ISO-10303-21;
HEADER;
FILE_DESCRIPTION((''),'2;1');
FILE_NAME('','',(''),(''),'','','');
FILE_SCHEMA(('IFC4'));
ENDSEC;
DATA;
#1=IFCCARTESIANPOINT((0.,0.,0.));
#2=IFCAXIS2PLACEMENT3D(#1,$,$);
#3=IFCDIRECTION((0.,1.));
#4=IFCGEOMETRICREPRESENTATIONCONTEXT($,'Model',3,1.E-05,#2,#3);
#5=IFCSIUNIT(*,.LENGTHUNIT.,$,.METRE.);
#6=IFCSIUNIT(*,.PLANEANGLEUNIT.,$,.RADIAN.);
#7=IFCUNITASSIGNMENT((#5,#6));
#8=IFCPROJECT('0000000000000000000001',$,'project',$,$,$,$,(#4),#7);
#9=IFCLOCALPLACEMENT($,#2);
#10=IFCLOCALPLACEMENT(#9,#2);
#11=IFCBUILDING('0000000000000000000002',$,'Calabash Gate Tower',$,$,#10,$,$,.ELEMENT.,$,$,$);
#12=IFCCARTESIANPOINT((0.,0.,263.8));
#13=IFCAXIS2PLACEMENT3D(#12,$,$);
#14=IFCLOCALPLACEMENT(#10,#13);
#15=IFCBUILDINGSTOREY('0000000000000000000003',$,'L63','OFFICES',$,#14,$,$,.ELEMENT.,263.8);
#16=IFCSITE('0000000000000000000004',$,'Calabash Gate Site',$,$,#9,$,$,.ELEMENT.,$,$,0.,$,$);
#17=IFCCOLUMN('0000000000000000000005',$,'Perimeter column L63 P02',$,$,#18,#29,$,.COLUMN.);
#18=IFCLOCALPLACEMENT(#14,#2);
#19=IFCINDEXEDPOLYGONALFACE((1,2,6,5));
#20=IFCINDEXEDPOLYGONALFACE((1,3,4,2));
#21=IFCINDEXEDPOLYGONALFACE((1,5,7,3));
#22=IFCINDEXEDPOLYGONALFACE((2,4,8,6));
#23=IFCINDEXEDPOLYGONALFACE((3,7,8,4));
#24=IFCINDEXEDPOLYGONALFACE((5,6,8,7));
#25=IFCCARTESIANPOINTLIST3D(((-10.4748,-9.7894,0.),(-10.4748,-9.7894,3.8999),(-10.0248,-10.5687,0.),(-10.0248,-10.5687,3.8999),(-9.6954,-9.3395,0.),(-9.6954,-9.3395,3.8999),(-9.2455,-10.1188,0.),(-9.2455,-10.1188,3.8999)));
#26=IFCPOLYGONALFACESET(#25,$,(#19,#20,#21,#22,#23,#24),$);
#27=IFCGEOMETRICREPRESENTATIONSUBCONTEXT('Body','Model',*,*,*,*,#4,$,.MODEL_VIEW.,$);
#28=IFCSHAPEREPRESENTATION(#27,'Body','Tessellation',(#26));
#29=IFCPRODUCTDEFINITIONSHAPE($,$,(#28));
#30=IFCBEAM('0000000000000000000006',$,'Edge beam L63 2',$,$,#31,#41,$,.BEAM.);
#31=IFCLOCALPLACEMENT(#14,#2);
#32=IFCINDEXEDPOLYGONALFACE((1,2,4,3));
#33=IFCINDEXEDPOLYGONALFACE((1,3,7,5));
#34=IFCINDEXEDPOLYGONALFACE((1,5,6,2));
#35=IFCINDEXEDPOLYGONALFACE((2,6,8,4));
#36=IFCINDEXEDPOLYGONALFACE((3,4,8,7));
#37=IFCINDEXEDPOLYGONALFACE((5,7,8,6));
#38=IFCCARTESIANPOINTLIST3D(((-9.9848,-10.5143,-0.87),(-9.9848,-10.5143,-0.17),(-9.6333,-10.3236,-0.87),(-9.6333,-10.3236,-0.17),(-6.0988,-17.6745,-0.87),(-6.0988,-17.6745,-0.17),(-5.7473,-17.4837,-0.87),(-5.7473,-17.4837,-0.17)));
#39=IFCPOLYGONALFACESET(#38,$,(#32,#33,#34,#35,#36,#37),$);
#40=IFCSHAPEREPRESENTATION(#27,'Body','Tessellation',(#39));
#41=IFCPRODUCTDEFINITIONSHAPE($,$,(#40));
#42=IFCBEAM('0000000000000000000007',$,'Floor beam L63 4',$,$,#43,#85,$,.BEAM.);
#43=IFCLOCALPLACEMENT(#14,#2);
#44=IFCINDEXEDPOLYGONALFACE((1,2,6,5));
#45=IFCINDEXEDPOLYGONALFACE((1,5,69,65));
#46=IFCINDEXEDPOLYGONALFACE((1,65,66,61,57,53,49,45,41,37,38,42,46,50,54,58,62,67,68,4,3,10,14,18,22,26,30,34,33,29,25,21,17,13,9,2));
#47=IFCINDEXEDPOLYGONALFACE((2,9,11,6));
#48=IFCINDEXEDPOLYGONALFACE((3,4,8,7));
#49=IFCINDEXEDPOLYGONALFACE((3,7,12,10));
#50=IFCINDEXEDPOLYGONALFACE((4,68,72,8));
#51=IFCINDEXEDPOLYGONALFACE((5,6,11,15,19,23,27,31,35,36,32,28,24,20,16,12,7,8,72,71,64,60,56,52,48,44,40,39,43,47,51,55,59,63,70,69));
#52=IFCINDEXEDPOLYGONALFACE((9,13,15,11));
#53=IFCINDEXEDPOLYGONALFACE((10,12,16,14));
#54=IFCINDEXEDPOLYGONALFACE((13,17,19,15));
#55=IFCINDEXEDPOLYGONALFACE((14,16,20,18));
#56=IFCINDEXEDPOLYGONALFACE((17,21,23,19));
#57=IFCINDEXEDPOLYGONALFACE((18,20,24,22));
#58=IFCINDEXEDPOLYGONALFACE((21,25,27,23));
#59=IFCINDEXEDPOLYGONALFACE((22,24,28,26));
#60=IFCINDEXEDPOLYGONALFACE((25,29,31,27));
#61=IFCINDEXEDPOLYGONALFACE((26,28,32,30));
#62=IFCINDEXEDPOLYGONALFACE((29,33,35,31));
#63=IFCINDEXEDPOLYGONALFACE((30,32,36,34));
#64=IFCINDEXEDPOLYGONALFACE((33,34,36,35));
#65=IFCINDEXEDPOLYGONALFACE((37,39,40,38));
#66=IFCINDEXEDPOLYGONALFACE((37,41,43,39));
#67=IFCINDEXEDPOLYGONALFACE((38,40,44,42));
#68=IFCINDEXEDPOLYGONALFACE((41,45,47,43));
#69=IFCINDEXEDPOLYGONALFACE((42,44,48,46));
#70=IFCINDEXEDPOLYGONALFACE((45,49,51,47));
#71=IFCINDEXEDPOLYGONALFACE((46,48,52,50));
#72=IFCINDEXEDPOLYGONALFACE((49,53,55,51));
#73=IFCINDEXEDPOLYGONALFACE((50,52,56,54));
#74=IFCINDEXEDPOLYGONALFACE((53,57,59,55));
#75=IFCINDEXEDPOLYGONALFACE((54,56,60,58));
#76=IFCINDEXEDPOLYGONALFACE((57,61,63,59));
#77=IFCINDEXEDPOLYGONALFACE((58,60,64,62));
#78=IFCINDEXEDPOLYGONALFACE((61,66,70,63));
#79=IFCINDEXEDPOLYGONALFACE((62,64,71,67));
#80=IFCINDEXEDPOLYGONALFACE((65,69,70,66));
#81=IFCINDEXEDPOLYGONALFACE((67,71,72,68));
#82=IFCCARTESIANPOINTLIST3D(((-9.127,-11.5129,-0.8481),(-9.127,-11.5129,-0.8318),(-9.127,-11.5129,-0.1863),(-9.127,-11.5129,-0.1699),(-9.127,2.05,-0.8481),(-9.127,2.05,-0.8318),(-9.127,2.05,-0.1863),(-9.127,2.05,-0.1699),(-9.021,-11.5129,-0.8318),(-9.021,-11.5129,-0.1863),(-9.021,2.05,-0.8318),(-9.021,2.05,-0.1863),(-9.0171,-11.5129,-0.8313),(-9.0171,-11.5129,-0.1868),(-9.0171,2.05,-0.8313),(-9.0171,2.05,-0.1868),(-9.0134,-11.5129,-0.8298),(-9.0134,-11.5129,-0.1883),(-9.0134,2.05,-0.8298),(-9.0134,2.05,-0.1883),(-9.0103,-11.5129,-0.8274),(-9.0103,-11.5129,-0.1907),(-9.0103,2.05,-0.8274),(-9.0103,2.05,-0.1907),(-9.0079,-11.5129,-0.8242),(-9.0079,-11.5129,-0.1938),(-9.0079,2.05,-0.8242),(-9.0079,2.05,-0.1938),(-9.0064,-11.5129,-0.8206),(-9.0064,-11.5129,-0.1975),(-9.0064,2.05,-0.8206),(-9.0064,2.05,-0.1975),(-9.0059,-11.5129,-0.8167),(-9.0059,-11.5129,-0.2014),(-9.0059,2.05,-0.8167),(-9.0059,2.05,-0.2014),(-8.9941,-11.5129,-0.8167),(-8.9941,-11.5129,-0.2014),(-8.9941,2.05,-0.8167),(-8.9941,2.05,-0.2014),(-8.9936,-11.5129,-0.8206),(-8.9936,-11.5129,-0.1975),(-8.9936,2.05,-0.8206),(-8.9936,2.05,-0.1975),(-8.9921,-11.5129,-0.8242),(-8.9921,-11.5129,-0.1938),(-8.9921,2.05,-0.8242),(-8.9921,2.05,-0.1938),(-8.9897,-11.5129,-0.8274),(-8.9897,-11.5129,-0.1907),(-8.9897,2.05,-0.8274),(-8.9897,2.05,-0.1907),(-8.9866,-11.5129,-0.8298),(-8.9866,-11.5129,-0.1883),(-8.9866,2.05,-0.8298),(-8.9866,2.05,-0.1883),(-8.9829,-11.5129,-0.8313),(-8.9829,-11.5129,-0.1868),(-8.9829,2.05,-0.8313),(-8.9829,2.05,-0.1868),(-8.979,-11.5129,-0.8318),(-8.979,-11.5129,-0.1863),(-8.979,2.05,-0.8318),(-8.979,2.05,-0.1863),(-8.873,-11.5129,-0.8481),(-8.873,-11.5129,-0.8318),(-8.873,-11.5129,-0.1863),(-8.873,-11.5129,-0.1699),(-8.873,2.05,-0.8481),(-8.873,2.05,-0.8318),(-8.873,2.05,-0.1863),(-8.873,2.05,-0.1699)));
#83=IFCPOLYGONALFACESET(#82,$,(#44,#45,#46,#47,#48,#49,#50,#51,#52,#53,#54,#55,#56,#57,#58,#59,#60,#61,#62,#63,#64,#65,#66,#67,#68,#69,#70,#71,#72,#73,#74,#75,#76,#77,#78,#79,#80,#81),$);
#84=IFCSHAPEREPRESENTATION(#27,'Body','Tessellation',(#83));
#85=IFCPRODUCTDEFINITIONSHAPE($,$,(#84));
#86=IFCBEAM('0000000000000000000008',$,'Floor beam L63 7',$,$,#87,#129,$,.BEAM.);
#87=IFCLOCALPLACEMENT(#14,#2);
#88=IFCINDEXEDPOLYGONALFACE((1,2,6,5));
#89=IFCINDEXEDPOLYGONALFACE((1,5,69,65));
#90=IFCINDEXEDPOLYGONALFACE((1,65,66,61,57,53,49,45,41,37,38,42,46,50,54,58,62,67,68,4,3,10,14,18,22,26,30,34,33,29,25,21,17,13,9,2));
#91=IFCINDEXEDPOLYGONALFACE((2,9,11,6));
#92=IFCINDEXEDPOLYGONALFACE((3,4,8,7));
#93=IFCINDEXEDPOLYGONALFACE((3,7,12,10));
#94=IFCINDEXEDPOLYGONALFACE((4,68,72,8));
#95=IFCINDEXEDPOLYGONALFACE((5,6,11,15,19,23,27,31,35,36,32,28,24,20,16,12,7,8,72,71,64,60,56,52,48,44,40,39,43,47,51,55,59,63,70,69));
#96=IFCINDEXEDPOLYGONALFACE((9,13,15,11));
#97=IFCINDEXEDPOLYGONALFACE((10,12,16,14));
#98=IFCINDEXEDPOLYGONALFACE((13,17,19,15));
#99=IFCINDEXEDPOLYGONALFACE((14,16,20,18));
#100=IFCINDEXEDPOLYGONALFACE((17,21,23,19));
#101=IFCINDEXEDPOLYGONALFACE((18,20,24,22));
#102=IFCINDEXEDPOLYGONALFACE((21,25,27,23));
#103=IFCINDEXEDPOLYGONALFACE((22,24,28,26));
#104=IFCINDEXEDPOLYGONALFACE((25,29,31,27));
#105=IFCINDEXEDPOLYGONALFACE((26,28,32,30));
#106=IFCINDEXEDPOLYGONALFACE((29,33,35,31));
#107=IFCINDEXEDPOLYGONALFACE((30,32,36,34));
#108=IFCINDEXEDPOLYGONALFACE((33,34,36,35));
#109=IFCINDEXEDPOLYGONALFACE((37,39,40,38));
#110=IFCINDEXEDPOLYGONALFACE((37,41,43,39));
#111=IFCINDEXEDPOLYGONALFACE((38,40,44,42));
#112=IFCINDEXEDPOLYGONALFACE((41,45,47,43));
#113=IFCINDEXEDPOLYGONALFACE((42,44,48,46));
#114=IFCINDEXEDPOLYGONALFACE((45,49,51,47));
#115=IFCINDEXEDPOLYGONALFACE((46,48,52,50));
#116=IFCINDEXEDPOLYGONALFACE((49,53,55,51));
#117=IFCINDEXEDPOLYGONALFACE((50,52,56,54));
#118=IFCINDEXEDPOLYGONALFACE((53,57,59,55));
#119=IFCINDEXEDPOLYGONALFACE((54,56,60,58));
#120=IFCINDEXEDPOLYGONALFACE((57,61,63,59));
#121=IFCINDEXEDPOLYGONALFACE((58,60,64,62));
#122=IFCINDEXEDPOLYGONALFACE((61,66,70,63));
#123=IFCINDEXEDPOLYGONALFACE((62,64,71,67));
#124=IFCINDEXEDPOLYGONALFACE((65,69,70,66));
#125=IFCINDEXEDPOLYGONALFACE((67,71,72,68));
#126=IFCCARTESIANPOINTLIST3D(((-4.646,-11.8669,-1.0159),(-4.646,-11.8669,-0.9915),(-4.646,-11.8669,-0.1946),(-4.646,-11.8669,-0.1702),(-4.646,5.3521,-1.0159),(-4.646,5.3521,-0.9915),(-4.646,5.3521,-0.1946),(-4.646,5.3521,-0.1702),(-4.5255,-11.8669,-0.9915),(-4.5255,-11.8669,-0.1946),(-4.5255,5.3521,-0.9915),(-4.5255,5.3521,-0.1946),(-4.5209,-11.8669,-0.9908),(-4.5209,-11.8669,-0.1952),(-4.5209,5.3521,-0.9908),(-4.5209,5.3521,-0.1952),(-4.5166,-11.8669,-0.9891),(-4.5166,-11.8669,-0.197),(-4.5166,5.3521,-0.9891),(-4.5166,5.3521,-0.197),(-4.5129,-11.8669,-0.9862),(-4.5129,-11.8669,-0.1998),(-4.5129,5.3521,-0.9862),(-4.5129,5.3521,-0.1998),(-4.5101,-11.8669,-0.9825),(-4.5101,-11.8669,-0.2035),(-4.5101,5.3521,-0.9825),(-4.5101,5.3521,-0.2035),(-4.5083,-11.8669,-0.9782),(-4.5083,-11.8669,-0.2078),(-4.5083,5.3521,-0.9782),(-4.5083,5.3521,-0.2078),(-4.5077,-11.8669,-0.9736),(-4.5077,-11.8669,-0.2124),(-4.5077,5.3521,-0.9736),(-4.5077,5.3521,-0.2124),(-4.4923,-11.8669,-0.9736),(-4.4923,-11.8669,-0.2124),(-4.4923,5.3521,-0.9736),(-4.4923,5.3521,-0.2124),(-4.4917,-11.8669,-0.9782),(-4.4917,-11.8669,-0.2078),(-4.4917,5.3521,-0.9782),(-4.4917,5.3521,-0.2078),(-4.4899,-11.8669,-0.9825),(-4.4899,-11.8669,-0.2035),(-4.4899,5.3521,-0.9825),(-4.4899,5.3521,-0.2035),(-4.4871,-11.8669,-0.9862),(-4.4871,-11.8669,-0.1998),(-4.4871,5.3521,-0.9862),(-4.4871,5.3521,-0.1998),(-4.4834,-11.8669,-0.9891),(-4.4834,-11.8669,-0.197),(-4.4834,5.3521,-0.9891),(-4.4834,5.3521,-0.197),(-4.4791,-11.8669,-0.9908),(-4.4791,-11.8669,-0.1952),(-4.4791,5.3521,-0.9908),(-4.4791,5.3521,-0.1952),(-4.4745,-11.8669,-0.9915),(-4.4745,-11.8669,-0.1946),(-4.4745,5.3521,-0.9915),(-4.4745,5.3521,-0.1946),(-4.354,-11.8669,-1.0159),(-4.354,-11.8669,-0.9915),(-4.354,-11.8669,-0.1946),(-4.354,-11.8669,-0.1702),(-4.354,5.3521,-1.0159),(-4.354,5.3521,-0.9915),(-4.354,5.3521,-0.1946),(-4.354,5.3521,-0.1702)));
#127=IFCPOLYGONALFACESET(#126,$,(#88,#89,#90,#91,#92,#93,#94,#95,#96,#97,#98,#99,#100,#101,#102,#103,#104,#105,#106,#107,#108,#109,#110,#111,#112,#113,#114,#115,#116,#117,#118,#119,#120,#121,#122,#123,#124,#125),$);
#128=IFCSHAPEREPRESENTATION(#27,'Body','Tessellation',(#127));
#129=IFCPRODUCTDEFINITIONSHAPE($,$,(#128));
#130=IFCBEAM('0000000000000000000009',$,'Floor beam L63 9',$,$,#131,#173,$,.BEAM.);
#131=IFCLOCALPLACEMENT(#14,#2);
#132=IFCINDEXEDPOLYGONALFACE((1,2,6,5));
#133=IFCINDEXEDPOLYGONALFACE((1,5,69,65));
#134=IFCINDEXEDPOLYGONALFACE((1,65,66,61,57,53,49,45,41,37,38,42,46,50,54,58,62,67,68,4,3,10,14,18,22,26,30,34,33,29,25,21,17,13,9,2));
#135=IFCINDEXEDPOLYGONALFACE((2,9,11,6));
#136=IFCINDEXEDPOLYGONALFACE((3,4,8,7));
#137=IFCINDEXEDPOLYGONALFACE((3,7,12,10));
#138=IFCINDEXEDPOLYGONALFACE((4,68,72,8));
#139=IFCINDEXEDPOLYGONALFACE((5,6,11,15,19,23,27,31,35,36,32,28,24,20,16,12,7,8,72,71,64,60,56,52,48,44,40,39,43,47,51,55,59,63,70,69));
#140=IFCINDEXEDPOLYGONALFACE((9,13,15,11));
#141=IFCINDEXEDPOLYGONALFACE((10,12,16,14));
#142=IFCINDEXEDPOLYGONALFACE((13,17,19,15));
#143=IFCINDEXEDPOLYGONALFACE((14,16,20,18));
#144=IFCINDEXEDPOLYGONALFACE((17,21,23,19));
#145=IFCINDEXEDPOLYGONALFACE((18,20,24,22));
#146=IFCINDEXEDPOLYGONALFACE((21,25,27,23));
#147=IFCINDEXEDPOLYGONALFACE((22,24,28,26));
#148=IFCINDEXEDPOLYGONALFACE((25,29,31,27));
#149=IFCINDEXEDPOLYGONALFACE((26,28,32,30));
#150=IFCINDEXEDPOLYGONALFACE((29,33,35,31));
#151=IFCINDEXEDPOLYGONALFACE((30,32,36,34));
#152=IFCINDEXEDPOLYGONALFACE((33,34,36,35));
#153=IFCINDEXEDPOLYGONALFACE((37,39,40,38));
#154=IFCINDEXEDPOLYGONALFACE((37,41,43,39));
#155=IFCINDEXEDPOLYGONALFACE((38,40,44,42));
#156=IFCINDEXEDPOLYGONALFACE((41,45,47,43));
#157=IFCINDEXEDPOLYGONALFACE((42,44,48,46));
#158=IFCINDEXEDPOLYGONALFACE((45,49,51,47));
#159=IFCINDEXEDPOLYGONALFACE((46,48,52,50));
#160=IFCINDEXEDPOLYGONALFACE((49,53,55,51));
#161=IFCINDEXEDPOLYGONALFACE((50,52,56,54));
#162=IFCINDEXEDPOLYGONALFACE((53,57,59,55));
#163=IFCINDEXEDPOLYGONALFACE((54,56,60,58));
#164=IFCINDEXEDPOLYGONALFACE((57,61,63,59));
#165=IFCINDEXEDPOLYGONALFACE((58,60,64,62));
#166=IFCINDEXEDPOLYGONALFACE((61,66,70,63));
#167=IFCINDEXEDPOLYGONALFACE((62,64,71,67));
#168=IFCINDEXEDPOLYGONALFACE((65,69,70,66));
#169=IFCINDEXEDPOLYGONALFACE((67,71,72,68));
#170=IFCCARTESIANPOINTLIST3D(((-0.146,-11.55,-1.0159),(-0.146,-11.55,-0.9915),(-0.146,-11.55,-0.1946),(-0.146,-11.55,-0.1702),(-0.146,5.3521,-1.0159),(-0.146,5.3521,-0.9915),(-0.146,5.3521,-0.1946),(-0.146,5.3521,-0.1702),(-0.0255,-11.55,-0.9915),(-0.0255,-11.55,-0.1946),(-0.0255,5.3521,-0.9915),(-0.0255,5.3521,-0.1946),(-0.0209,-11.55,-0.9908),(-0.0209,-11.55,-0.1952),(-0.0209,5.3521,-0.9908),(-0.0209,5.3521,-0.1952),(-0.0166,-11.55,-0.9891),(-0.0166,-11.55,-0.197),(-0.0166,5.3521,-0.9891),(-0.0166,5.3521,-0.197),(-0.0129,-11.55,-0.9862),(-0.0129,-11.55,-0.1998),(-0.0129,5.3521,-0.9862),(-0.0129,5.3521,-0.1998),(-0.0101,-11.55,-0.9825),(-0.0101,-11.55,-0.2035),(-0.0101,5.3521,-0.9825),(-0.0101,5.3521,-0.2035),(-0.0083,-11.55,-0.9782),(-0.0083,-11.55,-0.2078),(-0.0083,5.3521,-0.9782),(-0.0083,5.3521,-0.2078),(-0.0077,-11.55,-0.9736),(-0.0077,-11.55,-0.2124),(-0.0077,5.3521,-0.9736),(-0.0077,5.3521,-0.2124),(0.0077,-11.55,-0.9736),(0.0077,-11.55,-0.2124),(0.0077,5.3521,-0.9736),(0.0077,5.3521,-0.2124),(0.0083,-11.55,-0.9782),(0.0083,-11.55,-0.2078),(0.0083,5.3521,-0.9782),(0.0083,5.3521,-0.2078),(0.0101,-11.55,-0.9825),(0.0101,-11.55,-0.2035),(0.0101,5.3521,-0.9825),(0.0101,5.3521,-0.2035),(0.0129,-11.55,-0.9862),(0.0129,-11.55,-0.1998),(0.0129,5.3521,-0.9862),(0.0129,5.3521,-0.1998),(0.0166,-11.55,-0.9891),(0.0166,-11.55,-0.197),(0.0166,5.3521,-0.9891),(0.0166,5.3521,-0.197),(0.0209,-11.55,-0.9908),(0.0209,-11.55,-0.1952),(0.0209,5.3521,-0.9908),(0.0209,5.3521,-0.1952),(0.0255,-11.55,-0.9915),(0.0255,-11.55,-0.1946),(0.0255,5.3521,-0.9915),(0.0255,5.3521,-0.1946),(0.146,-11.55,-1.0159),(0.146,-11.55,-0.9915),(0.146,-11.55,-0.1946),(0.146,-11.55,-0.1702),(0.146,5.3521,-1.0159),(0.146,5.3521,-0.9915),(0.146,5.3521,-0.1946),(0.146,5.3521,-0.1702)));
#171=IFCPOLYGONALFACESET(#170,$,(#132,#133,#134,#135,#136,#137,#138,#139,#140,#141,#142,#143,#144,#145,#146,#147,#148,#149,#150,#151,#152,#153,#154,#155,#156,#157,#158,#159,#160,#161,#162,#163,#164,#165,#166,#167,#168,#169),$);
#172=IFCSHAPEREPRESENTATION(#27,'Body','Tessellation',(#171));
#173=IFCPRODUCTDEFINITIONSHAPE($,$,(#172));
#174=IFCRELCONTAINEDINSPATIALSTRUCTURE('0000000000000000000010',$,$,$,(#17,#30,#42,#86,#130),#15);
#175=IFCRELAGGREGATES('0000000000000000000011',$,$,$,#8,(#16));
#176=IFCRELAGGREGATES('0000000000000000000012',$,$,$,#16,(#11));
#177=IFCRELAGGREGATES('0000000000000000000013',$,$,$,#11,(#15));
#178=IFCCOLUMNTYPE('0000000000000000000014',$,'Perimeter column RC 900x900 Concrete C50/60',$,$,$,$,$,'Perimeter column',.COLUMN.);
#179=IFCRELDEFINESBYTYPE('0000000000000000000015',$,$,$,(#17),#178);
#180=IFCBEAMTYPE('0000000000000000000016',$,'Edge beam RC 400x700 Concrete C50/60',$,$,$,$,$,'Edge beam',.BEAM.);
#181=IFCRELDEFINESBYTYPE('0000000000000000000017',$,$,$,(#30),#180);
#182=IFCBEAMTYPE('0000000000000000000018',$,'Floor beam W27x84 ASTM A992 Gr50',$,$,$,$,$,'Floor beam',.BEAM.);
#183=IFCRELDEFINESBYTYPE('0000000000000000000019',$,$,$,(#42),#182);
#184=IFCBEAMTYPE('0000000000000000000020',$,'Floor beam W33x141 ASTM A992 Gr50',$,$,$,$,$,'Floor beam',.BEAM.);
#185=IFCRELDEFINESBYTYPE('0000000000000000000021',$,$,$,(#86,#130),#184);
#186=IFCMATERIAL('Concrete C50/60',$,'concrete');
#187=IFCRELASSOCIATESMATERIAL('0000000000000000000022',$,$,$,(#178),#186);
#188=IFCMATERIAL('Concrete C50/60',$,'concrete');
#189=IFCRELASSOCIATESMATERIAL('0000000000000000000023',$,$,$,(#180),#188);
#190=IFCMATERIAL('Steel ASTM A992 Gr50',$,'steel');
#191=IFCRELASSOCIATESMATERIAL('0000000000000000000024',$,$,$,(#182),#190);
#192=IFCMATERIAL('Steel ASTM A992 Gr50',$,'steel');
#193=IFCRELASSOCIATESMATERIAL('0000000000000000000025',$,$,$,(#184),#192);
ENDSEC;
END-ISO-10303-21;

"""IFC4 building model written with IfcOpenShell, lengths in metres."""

from ifc_helpers import new_model, si_unit, direction, frame, origin, origin_2d, place, context, subcontext, project, spatial, rectangle, i_section, extrude, material, material_profile, profile_set, type_object, element, save


model = new_model("IFC4")

# Units and contexts
model_context = context("Model", 3, precision=1e-05, world=origin(), true_north=direction((0.0, 1.0)))
body_context = subcontext(model_context, "Body", "Model", "MODEL_VIEW")
ifc_project = project(units=[si_unit("LENGTHUNIT", "METRE"), si_unit("PLANEANGLEUNIT", "RADIAN")], contexts=[model_context])

# Site, building, storey
site_placement = place(None, origin())
site = spatial("IfcSite", under=ifc_project, at=site_placement, Name="Calabash Gate Site", CompositionType="ELEMENT", RefElevation=0.0)
building_placement = place(site_placement, origin())
building = spatial("IfcBuilding", under=site, at=building_placement, Name="Calabash Gate Tower", CompositionType="ELEMENT")
storey_placement = place(building_placement, frame((0.0, 0.0, 263.8)))
storey = spatial("IfcBuildingStorey", under=building, at=storey_placement, Name="L63", Description="OFFICES", CompositionType="ELEMENT", Elevation=263.8)

# Column
ifc_material_1 = material(Name="Concrete C50/60", Category="concrete")
ifc_material_profile_1 = material_profile(ifc_material_1, rectangle(XDim=0.8999, YDim=0.8999, at=origin_2d()))
ifc_profile_set_1 = profile_set([ifc_material_profile_1], Name="Concrete C50/60")
column_type = type_object("IfcColumnType", Name="Perimeter column RC 900x900 Concrete C50/60", ElementType="Perimeter column", PredefinedType="COLUMN", material=ifc_profile_set_1)
column_placement = place(storey_placement, frame((-9.8601, -9.9541, 0.0), z_axis=(0.0, 0.0, 1.0), x_axis=(0.5, -0.866025, 0.0)))
element("IfcColumn", 1, at=column_placement, inside=storey, type_object=column_type, Name="Perimeter column L63 P02", PredefinedType="COLUMN", context=body_context, shape_type="SweptSolid", body=[
    extrude(rectangle(XDim=0.8999, YDim=0.8999, at=origin_2d()), origin(), (0.0, 0.0, 1.0), 3.8999),
])

# Beams
ifc_material_2 = material(Name="Concrete C50/60", Category="concrete")
ifc_material_profile_2 = material_profile(ifc_material_2, rectangle(XDim=0.3999, YDim=0.7, at=origin_2d()))
ifc_profile_set_2 = profile_set([ifc_material_profile_2], Name="Concrete C50/60")
beam_type_1 = type_object("IfcBeamType", Name="Edge beam RC 400x700 Concrete C50/60", ElementType="Edge beam", PredefinedType="BEAM", material=ifc_profile_set_2)
beam_1_placement = place(storey_placement, frame((-9.8091, -10.4189, -0.52), z_axis=(0.477001, -0.878903, 0.0), x_axis=(0.878903, 0.477001, 0.0)))
element("IfcBeam", 2, at=beam_1_placement, inside=storey, type_object=beam_type_1, Name="Edge beam L63 2", PredefinedType="BEAM", context=body_context, shape_type="SweptSolid", body=[
    extrude(rectangle(XDim=0.3999, YDim=0.7, at=origin_2d()), origin(), (0.0, 0.0, 1.0), 8.1467),
])
ifc_material_3 = material(Name="Steel ASTM A992 Gr50", Category="steel")
ifc_material_profile_3 = material_profile(ifc_material_3, i_section(OverallWidth=0.2539, OverallDepth=0.6782, WebThickness=0.0117, FlangeThickness=0.0164, FilletRadius=0.0151, at=origin_2d()))
ifc_profile_set_3 = profile_set([ifc_material_profile_3], Name="Steel ASTM A992 Gr50")
beam_type_2 = type_object("IfcBeamType", Name="Floor beam W27x84 ASTM A992 Gr50", ElementType="Floor beam", PredefinedType="BEAM", material=ifc_profile_set_3)
beam_2_placement = place(storey_placement, frame((-9.0, -11.5129, -0.509), z_axis=(0.0, 1.0, 0.0), x_axis=(-1.0, 0.0, 0.0)))
element("IfcBeam", 3, at=beam_2_placement, inside=storey, type_object=beam_type_2, Name="Floor beam L63 4", PredefinedType="BEAM", context=body_context, shape_type="SweptSolid", body=[
    extrude(i_section(OverallWidth=0.2539, OverallDepth=0.6782, WebThickness=0.0117, FlangeThickness=0.0164, FilletRadius=0.0151, at=origin_2d()), origin(), (0.0, 0.0, 1.0), 13.563),
])
ifc_material_4 = material(Name="Steel ASTM A992 Gr50", Category="steel")
ifc_material_profile_4 = material_profile(ifc_material_4, i_section(OverallWidth=0.292, OverallDepth=0.8457, WebThickness=0.0154, FlangeThickness=0.0244, FilletRadius=0.0178, at=origin_2d()))
ifc_profile_set_4 = profile_set([ifc_material_profile_4], Name="Steel ASTM A992 Gr50")
beam_type_3 = type_object("IfcBeamType", Name="Floor beam W33x141 ASTM A992 Gr50", ElementType="Floor beam", PredefinedType="BEAM", material=ifc_profile_set_4)
beam_3_placement = place(storey_placement, frame((-4.5, -11.8669, -0.593), z_axis=(0.0, 1.0, 0.0), x_axis=(-1.0, 0.0, 0.0)))
element("IfcBeam", 4, at=beam_3_placement, inside=storey, type_object=beam_type_3, Name="Floor beam L63 7", PredefinedType="BEAM", context=body_context, shape_type="SweptSolid", body=[
    extrude(i_section(OverallWidth=0.292, OverallDepth=0.8457, WebThickness=0.0154, FlangeThickness=0.0244, FilletRadius=0.0178, at=origin_2d()), origin(), (0.0, 0.0, 1.0), 17.219),
])
beam_4_placement = place(storey_placement, frame((0.0, -11.55, -0.593), z_axis=(0.0, 1.0, 0.0), x_axis=(-1.0, 0.0, 0.0)))
element("IfcBeam", 5, at=beam_4_placement, inside=storey, type_object=beam_type_3, Name="Floor beam L63 9", PredefinedType="BEAM", context=body_context, shape_type="SweptSolid", body=[
    extrude(i_section(OverallWidth=0.292, OverallDepth=0.8457, WebThickness=0.0154, FlangeThickness=0.0244, FilletRadius=0.0178, at=origin_2d()), origin(), (0.0, 0.0, 1.0), 16.9021),
])

save(model, "model.ifc")
